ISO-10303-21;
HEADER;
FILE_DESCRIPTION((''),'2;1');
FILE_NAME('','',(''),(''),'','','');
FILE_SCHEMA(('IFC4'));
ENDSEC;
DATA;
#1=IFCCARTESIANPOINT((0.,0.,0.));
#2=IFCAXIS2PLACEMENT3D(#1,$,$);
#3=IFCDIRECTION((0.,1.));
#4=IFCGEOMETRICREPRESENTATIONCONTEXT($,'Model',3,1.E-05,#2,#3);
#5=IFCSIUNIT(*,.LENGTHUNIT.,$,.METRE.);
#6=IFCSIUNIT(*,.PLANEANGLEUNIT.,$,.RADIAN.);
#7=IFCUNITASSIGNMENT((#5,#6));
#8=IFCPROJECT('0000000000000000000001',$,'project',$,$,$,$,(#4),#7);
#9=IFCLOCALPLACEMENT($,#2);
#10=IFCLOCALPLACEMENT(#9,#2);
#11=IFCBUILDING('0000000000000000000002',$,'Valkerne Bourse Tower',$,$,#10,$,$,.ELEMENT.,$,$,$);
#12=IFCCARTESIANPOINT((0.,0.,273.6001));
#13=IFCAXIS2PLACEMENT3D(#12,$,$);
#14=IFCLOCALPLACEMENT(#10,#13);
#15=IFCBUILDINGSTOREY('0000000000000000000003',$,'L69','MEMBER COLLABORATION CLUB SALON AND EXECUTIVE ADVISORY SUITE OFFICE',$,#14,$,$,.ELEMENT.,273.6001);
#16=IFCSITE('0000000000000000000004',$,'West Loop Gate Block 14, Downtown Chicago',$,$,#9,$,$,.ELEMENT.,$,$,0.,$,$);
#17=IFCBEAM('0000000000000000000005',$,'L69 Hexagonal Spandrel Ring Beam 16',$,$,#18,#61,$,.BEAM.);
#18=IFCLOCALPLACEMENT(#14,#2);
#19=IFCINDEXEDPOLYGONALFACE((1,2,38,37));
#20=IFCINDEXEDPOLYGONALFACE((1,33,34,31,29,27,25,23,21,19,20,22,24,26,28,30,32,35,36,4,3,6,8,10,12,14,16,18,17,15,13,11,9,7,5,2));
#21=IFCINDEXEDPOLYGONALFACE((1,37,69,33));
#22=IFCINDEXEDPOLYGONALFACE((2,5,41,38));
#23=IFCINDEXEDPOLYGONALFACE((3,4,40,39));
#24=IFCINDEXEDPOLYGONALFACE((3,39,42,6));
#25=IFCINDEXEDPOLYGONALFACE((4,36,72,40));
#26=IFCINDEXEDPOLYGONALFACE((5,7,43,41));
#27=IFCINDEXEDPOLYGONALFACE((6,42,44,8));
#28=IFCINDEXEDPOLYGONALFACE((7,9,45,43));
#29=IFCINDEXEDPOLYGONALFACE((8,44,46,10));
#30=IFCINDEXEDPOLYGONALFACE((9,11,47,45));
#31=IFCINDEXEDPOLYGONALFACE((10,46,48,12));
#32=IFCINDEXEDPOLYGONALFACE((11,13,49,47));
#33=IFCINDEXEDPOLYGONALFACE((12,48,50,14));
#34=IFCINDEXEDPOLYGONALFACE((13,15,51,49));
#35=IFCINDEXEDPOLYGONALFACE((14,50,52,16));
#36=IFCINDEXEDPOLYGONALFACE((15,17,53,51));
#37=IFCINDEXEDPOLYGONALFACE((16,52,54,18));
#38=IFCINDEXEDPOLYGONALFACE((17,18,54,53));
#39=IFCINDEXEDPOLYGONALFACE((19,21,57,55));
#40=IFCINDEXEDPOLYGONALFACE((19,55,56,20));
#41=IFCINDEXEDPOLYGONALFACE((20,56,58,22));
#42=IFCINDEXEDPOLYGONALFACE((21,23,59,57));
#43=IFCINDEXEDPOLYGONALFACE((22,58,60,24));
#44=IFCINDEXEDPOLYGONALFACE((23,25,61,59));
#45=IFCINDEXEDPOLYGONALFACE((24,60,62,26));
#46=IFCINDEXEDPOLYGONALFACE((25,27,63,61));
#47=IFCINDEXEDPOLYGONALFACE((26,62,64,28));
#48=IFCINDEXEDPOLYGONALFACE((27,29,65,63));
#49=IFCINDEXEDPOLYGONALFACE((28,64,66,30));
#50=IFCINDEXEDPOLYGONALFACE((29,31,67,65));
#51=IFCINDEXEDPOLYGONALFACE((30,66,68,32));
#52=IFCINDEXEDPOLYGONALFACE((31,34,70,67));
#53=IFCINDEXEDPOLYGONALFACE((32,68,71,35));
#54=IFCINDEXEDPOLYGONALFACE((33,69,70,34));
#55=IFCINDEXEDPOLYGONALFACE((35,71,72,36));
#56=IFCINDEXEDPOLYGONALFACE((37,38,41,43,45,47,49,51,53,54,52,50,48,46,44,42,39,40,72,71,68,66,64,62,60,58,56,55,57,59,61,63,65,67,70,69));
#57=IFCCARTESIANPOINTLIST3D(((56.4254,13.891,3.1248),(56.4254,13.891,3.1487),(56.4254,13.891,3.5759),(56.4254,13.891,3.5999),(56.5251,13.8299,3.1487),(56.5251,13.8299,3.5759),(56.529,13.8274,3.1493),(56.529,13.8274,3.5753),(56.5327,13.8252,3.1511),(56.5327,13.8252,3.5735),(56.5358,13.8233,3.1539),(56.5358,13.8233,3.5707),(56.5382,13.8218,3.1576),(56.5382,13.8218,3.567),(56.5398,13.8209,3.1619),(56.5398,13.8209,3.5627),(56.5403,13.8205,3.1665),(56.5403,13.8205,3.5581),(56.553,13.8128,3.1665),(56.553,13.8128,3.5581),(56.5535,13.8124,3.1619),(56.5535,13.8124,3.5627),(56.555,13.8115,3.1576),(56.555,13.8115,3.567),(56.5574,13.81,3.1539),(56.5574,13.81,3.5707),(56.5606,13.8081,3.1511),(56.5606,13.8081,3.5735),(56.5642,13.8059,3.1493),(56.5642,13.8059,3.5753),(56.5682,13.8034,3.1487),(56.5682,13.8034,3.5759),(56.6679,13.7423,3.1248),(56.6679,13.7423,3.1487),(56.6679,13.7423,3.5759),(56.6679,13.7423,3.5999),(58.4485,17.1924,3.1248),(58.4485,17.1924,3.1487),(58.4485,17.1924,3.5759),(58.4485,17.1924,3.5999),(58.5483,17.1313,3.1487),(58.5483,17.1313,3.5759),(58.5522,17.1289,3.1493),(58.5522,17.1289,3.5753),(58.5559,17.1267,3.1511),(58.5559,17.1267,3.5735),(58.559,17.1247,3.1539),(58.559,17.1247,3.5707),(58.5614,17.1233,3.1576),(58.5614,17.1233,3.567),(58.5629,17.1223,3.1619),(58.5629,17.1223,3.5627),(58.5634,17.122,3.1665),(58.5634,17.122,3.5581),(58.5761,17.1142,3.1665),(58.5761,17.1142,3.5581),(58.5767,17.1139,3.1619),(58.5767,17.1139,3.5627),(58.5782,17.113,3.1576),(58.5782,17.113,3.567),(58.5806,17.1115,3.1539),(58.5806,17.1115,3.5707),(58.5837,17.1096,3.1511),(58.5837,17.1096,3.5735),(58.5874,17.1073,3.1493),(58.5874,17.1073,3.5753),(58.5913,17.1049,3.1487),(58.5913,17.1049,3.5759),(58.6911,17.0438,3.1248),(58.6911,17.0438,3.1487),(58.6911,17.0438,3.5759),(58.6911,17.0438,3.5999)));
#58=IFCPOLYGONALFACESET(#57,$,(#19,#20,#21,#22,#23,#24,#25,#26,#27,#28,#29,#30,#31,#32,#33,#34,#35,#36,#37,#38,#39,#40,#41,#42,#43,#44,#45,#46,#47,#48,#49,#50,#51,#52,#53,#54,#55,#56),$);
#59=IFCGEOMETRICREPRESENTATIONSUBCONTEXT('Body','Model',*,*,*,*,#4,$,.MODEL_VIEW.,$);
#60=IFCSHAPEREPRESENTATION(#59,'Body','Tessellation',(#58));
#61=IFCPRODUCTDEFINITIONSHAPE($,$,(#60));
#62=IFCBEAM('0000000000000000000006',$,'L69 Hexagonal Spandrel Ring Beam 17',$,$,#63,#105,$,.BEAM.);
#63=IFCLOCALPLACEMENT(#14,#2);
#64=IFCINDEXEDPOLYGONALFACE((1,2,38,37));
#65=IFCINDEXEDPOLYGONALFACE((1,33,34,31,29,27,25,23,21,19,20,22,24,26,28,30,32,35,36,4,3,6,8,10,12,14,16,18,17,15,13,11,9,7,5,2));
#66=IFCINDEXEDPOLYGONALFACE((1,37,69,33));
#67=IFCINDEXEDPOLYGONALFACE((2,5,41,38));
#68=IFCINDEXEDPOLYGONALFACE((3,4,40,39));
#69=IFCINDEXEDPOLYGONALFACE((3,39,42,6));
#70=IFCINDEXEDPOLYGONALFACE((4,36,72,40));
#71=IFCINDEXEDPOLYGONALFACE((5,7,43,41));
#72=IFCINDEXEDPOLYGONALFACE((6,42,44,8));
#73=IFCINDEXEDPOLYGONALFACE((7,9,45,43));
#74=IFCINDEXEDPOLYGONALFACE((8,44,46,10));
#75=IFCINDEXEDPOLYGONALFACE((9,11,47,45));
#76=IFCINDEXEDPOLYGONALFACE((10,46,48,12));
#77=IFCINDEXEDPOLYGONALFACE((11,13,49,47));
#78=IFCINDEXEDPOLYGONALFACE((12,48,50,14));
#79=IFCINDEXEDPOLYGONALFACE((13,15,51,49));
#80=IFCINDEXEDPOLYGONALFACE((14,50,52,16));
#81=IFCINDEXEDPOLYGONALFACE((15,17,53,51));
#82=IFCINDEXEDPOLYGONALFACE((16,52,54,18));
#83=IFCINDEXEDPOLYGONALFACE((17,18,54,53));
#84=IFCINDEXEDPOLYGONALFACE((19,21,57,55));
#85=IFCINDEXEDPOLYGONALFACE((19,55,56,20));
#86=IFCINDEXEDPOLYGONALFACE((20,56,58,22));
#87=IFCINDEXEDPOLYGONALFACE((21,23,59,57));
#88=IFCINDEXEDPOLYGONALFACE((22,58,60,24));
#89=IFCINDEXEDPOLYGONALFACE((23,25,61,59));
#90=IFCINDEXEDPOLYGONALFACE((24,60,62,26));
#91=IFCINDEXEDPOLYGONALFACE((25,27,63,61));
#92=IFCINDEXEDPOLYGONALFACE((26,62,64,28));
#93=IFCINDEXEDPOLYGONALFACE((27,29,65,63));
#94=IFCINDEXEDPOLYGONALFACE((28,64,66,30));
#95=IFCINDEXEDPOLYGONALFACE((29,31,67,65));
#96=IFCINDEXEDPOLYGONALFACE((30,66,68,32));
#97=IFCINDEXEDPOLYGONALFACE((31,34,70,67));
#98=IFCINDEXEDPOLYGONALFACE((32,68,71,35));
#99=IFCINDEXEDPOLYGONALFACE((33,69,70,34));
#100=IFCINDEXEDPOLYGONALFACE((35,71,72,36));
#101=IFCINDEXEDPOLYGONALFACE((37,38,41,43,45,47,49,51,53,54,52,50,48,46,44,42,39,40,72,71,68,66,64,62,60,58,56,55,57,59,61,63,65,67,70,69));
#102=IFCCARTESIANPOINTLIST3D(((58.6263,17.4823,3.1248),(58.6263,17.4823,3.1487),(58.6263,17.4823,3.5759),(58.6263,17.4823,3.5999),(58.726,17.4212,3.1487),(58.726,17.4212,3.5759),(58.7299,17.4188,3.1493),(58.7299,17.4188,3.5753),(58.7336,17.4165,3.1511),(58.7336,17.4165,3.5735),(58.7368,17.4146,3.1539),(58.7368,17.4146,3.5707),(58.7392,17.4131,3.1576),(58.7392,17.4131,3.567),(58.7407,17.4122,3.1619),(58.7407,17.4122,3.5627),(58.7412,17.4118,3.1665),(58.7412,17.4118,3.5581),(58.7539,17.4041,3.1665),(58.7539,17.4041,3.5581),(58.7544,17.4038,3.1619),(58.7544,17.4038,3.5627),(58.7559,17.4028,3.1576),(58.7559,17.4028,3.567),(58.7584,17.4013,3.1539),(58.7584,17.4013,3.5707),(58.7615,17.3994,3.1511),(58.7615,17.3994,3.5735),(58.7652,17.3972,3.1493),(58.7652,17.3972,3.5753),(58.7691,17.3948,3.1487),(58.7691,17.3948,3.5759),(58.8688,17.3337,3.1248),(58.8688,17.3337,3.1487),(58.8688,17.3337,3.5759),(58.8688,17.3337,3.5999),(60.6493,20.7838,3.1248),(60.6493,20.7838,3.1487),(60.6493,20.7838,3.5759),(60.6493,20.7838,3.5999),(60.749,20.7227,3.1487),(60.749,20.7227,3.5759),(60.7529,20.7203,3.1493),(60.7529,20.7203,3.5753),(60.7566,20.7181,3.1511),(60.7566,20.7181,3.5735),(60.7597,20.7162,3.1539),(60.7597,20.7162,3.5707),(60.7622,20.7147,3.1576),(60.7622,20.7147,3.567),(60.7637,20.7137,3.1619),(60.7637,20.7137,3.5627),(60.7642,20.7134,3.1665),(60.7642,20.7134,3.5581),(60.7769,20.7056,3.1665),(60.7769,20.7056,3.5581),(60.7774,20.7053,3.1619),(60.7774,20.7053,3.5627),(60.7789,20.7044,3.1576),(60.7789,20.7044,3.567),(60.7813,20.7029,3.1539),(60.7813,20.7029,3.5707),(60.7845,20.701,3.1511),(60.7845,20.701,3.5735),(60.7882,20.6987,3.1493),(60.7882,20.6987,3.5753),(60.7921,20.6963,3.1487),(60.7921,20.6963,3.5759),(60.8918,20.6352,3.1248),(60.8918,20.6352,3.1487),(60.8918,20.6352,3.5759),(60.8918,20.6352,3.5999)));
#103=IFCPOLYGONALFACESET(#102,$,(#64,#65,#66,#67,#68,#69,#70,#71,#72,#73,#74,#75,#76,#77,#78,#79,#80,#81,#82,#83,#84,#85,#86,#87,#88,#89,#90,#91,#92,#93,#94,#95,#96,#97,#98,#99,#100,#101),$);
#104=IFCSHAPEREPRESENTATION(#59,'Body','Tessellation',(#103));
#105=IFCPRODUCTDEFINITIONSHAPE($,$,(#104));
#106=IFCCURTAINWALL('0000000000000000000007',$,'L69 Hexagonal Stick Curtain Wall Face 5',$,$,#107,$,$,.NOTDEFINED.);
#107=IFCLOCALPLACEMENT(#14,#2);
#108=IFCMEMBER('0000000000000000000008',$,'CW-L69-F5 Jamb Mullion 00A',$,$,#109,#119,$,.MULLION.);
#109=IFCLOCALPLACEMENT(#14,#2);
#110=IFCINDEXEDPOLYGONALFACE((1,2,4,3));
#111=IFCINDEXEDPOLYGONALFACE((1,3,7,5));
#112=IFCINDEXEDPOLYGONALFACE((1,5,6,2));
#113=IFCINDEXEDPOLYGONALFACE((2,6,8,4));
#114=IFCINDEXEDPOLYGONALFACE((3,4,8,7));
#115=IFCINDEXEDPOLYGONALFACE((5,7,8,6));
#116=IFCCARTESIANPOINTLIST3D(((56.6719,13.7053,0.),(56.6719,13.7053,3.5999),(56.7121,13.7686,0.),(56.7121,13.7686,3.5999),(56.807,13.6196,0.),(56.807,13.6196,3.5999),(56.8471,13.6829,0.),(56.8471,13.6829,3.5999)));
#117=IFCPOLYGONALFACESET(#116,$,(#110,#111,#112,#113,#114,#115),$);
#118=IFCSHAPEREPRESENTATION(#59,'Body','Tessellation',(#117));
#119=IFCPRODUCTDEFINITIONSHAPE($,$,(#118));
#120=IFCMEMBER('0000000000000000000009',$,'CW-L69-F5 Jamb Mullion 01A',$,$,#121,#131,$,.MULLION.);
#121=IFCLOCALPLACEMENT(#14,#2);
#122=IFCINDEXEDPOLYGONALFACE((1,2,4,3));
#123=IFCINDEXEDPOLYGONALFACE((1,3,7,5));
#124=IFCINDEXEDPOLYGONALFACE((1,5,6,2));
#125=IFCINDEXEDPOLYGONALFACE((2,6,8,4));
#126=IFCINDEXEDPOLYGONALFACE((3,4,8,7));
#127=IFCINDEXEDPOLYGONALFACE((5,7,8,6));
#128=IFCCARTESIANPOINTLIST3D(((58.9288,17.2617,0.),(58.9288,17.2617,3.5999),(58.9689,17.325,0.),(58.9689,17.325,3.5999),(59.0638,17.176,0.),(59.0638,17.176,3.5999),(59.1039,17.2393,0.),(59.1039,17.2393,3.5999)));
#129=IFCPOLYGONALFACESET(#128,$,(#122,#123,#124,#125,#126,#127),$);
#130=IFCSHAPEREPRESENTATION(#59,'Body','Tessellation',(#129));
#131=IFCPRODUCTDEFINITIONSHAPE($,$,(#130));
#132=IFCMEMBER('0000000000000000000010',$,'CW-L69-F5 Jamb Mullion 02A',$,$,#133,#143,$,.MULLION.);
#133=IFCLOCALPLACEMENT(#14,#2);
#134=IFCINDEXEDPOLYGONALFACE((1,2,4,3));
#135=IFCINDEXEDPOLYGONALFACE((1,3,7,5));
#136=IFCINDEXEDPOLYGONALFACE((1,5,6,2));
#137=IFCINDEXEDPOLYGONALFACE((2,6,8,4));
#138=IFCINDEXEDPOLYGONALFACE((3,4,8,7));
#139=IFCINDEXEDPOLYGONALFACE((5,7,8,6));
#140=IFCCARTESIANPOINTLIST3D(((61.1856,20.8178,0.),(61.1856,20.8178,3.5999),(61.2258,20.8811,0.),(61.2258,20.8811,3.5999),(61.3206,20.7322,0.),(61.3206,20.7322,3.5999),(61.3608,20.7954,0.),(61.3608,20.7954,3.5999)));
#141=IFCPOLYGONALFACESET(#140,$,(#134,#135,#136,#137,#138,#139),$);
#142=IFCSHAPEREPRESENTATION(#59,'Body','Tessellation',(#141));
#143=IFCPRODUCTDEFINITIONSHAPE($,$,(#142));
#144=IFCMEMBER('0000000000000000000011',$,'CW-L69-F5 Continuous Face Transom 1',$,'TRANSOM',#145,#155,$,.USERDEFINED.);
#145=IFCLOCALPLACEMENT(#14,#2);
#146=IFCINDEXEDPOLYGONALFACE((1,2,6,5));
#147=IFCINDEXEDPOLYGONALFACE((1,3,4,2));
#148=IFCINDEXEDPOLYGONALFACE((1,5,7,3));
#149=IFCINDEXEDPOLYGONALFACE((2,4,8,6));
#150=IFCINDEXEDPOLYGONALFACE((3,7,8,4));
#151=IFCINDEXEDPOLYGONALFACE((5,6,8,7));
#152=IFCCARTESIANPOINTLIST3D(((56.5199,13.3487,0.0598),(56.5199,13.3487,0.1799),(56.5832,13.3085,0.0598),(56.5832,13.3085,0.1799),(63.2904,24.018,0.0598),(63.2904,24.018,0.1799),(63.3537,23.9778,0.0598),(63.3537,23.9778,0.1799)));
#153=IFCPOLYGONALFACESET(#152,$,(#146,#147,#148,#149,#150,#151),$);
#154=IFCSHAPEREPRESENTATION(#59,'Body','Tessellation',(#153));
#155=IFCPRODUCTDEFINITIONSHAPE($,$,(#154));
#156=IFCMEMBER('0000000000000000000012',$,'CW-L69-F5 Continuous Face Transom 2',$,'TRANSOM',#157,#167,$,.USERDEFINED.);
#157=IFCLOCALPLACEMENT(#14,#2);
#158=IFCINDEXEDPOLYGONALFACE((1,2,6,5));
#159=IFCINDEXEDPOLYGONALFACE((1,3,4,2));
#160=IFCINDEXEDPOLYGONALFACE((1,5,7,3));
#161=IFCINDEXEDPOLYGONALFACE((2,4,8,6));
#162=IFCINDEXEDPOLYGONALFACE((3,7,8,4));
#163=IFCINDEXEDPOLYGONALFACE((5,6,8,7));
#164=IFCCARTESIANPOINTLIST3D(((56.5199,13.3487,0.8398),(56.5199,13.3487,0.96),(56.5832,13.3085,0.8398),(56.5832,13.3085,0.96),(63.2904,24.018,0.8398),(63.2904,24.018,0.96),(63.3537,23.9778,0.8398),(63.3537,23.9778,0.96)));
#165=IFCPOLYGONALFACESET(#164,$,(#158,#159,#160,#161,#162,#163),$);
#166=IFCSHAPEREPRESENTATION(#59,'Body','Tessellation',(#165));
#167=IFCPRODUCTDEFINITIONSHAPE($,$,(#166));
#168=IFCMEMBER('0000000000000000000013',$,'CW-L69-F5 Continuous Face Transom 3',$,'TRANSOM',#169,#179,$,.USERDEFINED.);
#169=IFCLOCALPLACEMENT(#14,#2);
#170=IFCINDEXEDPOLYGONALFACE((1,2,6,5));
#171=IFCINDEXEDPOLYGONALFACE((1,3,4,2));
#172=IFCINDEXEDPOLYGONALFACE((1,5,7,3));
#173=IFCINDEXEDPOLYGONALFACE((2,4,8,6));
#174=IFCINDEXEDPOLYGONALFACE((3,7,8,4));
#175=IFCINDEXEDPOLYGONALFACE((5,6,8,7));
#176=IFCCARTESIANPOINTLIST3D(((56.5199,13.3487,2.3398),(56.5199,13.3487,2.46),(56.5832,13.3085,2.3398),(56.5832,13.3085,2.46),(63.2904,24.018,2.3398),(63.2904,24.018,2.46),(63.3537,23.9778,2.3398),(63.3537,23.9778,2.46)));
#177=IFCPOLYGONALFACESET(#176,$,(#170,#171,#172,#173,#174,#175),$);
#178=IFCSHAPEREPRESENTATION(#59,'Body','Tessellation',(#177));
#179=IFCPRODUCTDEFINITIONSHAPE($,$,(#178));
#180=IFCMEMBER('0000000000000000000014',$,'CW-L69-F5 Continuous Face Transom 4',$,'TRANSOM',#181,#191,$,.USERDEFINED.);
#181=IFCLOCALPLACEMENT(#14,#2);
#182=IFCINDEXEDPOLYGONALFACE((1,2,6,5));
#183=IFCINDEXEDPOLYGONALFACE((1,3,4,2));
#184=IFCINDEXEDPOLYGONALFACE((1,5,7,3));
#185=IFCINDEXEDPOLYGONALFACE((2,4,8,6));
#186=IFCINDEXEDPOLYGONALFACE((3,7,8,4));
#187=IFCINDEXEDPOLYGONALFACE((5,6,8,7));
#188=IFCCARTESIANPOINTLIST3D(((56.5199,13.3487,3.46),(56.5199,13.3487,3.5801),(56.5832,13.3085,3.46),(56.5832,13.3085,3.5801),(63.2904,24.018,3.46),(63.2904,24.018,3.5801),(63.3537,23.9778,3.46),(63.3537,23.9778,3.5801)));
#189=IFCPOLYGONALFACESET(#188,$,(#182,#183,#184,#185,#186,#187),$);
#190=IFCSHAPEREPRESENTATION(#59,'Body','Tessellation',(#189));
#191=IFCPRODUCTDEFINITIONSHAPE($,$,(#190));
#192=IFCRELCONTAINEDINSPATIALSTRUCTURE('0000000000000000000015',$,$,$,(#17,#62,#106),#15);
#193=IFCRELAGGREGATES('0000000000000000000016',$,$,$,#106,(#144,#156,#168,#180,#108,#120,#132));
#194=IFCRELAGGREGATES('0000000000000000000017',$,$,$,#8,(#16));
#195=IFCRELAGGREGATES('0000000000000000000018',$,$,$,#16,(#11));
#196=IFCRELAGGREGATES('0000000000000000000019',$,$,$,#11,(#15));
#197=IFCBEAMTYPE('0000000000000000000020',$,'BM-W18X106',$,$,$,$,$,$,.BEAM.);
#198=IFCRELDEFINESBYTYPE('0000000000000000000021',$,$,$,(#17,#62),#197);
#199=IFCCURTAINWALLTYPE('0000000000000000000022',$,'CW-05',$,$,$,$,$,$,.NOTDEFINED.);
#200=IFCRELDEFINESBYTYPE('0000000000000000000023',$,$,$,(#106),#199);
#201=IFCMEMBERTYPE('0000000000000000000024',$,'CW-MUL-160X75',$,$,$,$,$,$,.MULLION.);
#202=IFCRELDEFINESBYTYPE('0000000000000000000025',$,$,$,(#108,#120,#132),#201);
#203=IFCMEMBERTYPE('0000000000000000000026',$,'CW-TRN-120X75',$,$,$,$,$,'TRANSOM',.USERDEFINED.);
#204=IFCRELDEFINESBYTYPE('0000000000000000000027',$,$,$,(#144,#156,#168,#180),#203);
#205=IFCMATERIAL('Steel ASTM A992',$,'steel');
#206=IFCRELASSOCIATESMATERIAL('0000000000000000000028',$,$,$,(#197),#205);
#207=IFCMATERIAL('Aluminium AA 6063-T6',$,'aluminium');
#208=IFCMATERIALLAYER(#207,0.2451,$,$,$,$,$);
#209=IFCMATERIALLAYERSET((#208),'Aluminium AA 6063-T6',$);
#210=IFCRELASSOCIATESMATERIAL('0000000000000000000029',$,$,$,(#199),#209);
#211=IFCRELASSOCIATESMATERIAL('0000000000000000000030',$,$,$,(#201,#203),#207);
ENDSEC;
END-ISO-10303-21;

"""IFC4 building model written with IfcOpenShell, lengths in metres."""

from ifc_helpers import new_model, si_unit, direction, frame, origin, origin_2d, place, context, subcontext, project, spatial, rectangle, i_section, extrude, material, layer, layer_set, material_profile, profile_set, type_object, element, aggregate, save


model = new_model("IFC4")

# Units and contexts
model_context = context("Model", 3, precision=1e-05, world=origin(), true_north=direction((0.0, 1.0)))
body_context = subcontext(model_context, "Body", "Model", "MODEL_VIEW")
ifc_project = project(units=[si_unit("LENGTHUNIT", "METRE"), si_unit("PLANEANGLEUNIT", "RADIAN")], contexts=[model_context])

# Site, building, storey
site_placement = place(None, origin())
site = spatial("IfcSite", under=ifc_project, at=site_placement, Name="West Loop Gate Block 14, Downtown Chicago", CompositionType="ELEMENT", RefElevation=0.0)
building_placement = place(site_placement, origin())
building = spatial("IfcBuilding", under=site, at=building_placement, Name="Valkerne Bourse Tower", CompositionType="ELEMENT")
storey_placement = place(building_placement, frame((0.0, 0.0, 273.6001)))
storey = spatial("IfcBuildingStorey", under=building, at=storey_placement, Name="L69", Description="MEMBER COLLABORATION CLUB SALON AND EXECUTIVE ADVISORY SUITE OFFICE", CompositionType="ELEMENT", Elevation=273.6001)

# Beams
ifc_material_1 = material(Name="Steel ASTM A992", Category="steel")
ifc_material_profile_1 = material_profile(ifc_material_1, i_section(OverallWidth=0.2844, OverallDepth=0.4751, WebThickness=0.0149, FlangeThickness=0.0239, FilletRadius=0.0178, at=origin_2d()), Name="W18X106")
ifc_profile_set_1 = profile_set([ifc_material_profile_1], Name="Steel ASTM A992")
beam_type = type_object("IfcBeamType", Name="BM-W18X106", PredefinedType="BEAM", material=ifc_profile_set_1)
for number, where, z_axis, x_axis, name in (
    (1, (56.5466, 13.8167, 3.3623), (0.522503, 0.852637, 0.0), (-0.852637, 0.522503, 0.0), "L69 Hexagonal Spandrel Ring Beam 16"),
    (2, (58.7476, 17.408, 3.3623), (0.522457, 0.852666, 0.0), (-0.852666, 0.522457, 0.0), "L69 Hexagonal Spandrel Ring Beam 17"),
):
    element("IfcBeam", number, at=place(storey_placement, frame(where, z_axis=z_axis, x_axis=x_axis)), inside=storey, type_object=beam_type, Name=name, PredefinedType="BEAM", context=body_context, shape_type="SweptSolid", body=[
        extrude(i_section(OverallWidth=0.2844, OverallDepth=0.4751, WebThickness=0.0149, FlangeThickness=0.0239, FilletRadius=0.0178, at=origin_2d()), origin(), (0.0, 0.0, 1.0), 3.8721),
    ])

# Curtain wall, members
ifc_material_2 = material(Name="Aluminium AA 6063-T6", Category="aluminium")
ifc_layer_1 = layer(ifc_material_2, 0.2451)
ifc_layer_set_1 = layer_set([ifc_layer_1], Name="Aluminium AA 6063-T6")
curtain_wall_type = type_object("IfcCurtainWallType", Name="CW-05", PredefinedType="NOTDEFINED", material=ifc_layer_set_1)
curtain_wall_placement = place(storey_placement, origin())
curtain_wall = element("IfcCurtainWall", 3, at=curtain_wall_placement, inside=storey, type_object=curtain_wall_type, Name="L69 Hexagonal Stick Curtain Wall Face 5", PredefinedType="NOTDEFINED")
ifc_material_profile_2 = material_profile(ifc_material_2, rectangle(XDim=0.075, YDim=0.1599, at=origin_2d()), Name="CWM-75X160")
ifc_profile_set_2 = profile_set([ifc_material_profile_2], Name="Aluminium AA 6063-T6")
member_type_1 = type_object("IfcMemberType", Name="CW-MUL-160X75", PredefinedType="MULLION", material=ifc_profile_set_2)
member_1_placement = place(storey_placement, frame((56.7595, 13.6941, 0.0), z_axis=(0.0, 0.0, 1.0), x_axis=(0.535817, 0.844334, 0.0)))
member_1 = element("IfcMember", 4, at=member_1_placement, type_object=member_type_1, Name="CW-L69-F5 Jamb Mullion 00A", PredefinedType="MULLION", context=body_context, shape_type="SweptSolid", body=[
    extrude(rectangle(XDim=0.075, YDim=0.1599, at=origin_2d()), origin(), (0.0, 0.0, 1.0), 3.5999),
])
member_2_placement = place(storey_placement, frame((59.0164, 17.2505, 0.0), z_axis=(0.0, 0.0, 1.0), x_axis=(0.535827, 0.844328, 0.0)))
member_2 = element("IfcMember", 5, at=member_2_placement, type_object=member_type_1, Name="CW-L69-F5 Jamb Mullion 01A", PredefinedType="MULLION", context=body_context, shape_type="SweptSolid", body=[
    extrude(rectangle(XDim=0.075, YDim=0.1599, at=origin_2d()), origin(), (0.0, 0.0, 1.0), 3.5999),
])
member_3_placement = place(storey_placement, frame((61.2732, 20.8066, 0.0), z_axis=(0.0, 0.0, 1.0), x_axis=(0.535827, 0.844328, 0.0)))
member_3 = element("IfcMember", 6, at=member_3_placement, type_object=member_type_1, Name="CW-L69-F5 Jamb Mullion 02A", PredefinedType="MULLION", context=body_context, shape_type="SweptSolid", body=[
    extrude(rectangle(XDim=0.075, YDim=0.1599, at=origin_2d()), origin(), (0.0, 0.0, 1.0), 3.5999),
])
ifc_material_profile_3 = material_profile(ifc_material_2, rectangle(XDim=0.075, YDim=0.1201, at=origin_2d()), Name="CWT-75X120")
ifc_profile_set_3 = profile_set([ifc_material_profile_3], Name="Aluminium AA 6063-T6")
member_type_2 = type_object("IfcMemberType", Name="CW-TRN-120X75", ElementType="TRANSOM", PredefinedType="USERDEFINED", material=ifc_profile_set_3)
member_4_placement = place(storey_placement, frame((56.5515, 13.3286, 0.1199), z_axis=(0.535806, 0.844341, 0.0), x_axis=(-0.844341, 0.535806, 0.0)))
member_4 = element("IfcMember", 7, at=member_4_placement, type_object=member_type_2, Name="CW-L69-F5 Continuous Face Transom 1", ObjectType="TRANSOM", PredefinedType="USERDEFINED", context=body_context, shape_type="SweptSolid", body=[
    extrude(rectangle(XDim=0.075, YDim=0.1201, at=origin_2d()), origin(), (0.0, 0.0, 1.0), 12.6362),
])
member_5_placement = place(storey_placement, frame((56.5515, 13.3286, 0.8999), z_axis=(0.535806, 0.844341, 0.0), x_axis=(-0.844341, 0.535806, 0.0)))
member_5 = element("IfcMember", 8, at=member_5_placement, type_object=member_type_2, Name="CW-L69-F5 Continuous Face Transom 2", ObjectType="TRANSOM", PredefinedType="USERDEFINED", context=body_context, shape_type="SweptSolid", body=[
    extrude(rectangle(XDim=0.075, YDim=0.1201, at=origin_2d()), origin(), (0.0, 0.0, 1.0), 12.6362),
])
member_6_placement = place(storey_placement, frame((56.5515, 13.3286, 2.3999), z_axis=(0.535806, 0.844341, 0.0), x_axis=(-0.844341, 0.535806, 0.0)))
member_6 = element("IfcMember", 9, at=member_6_placement, type_object=member_type_2, Name="CW-L69-F5 Continuous Face Transom 3", ObjectType="TRANSOM", PredefinedType="USERDEFINED", context=body_context, shape_type="SweptSolid", body=[
    extrude(rectangle(XDim=0.075, YDim=0.1201, at=origin_2d()), origin(), (0.0, 0.0, 1.0), 12.6362),
])
member_7_placement = place(storey_placement, frame((56.5515, 13.3286, 3.52), z_axis=(0.535806, 0.844341, 0.0), x_axis=(-0.844341, 0.535806, 0.0)))
member_7 = element("IfcMember", 10, at=member_7_placement, type_object=member_type_2, Name="CW-L69-F5 Continuous Face Transom 4", ObjectType="TRANSOM", PredefinedType="USERDEFINED", context=body_context, shape_type="SweptSolid", body=[
    extrude(rectangle(XDim=0.075, YDim=0.1201, at=origin_2d()), origin(), (0.0, 0.0, 1.0), 12.6362),
])

aggregate(curtain_wall, [member_4, member_5, member_6, member_7, member_1, member_2, member_3])

save(model, "model.ifc")
